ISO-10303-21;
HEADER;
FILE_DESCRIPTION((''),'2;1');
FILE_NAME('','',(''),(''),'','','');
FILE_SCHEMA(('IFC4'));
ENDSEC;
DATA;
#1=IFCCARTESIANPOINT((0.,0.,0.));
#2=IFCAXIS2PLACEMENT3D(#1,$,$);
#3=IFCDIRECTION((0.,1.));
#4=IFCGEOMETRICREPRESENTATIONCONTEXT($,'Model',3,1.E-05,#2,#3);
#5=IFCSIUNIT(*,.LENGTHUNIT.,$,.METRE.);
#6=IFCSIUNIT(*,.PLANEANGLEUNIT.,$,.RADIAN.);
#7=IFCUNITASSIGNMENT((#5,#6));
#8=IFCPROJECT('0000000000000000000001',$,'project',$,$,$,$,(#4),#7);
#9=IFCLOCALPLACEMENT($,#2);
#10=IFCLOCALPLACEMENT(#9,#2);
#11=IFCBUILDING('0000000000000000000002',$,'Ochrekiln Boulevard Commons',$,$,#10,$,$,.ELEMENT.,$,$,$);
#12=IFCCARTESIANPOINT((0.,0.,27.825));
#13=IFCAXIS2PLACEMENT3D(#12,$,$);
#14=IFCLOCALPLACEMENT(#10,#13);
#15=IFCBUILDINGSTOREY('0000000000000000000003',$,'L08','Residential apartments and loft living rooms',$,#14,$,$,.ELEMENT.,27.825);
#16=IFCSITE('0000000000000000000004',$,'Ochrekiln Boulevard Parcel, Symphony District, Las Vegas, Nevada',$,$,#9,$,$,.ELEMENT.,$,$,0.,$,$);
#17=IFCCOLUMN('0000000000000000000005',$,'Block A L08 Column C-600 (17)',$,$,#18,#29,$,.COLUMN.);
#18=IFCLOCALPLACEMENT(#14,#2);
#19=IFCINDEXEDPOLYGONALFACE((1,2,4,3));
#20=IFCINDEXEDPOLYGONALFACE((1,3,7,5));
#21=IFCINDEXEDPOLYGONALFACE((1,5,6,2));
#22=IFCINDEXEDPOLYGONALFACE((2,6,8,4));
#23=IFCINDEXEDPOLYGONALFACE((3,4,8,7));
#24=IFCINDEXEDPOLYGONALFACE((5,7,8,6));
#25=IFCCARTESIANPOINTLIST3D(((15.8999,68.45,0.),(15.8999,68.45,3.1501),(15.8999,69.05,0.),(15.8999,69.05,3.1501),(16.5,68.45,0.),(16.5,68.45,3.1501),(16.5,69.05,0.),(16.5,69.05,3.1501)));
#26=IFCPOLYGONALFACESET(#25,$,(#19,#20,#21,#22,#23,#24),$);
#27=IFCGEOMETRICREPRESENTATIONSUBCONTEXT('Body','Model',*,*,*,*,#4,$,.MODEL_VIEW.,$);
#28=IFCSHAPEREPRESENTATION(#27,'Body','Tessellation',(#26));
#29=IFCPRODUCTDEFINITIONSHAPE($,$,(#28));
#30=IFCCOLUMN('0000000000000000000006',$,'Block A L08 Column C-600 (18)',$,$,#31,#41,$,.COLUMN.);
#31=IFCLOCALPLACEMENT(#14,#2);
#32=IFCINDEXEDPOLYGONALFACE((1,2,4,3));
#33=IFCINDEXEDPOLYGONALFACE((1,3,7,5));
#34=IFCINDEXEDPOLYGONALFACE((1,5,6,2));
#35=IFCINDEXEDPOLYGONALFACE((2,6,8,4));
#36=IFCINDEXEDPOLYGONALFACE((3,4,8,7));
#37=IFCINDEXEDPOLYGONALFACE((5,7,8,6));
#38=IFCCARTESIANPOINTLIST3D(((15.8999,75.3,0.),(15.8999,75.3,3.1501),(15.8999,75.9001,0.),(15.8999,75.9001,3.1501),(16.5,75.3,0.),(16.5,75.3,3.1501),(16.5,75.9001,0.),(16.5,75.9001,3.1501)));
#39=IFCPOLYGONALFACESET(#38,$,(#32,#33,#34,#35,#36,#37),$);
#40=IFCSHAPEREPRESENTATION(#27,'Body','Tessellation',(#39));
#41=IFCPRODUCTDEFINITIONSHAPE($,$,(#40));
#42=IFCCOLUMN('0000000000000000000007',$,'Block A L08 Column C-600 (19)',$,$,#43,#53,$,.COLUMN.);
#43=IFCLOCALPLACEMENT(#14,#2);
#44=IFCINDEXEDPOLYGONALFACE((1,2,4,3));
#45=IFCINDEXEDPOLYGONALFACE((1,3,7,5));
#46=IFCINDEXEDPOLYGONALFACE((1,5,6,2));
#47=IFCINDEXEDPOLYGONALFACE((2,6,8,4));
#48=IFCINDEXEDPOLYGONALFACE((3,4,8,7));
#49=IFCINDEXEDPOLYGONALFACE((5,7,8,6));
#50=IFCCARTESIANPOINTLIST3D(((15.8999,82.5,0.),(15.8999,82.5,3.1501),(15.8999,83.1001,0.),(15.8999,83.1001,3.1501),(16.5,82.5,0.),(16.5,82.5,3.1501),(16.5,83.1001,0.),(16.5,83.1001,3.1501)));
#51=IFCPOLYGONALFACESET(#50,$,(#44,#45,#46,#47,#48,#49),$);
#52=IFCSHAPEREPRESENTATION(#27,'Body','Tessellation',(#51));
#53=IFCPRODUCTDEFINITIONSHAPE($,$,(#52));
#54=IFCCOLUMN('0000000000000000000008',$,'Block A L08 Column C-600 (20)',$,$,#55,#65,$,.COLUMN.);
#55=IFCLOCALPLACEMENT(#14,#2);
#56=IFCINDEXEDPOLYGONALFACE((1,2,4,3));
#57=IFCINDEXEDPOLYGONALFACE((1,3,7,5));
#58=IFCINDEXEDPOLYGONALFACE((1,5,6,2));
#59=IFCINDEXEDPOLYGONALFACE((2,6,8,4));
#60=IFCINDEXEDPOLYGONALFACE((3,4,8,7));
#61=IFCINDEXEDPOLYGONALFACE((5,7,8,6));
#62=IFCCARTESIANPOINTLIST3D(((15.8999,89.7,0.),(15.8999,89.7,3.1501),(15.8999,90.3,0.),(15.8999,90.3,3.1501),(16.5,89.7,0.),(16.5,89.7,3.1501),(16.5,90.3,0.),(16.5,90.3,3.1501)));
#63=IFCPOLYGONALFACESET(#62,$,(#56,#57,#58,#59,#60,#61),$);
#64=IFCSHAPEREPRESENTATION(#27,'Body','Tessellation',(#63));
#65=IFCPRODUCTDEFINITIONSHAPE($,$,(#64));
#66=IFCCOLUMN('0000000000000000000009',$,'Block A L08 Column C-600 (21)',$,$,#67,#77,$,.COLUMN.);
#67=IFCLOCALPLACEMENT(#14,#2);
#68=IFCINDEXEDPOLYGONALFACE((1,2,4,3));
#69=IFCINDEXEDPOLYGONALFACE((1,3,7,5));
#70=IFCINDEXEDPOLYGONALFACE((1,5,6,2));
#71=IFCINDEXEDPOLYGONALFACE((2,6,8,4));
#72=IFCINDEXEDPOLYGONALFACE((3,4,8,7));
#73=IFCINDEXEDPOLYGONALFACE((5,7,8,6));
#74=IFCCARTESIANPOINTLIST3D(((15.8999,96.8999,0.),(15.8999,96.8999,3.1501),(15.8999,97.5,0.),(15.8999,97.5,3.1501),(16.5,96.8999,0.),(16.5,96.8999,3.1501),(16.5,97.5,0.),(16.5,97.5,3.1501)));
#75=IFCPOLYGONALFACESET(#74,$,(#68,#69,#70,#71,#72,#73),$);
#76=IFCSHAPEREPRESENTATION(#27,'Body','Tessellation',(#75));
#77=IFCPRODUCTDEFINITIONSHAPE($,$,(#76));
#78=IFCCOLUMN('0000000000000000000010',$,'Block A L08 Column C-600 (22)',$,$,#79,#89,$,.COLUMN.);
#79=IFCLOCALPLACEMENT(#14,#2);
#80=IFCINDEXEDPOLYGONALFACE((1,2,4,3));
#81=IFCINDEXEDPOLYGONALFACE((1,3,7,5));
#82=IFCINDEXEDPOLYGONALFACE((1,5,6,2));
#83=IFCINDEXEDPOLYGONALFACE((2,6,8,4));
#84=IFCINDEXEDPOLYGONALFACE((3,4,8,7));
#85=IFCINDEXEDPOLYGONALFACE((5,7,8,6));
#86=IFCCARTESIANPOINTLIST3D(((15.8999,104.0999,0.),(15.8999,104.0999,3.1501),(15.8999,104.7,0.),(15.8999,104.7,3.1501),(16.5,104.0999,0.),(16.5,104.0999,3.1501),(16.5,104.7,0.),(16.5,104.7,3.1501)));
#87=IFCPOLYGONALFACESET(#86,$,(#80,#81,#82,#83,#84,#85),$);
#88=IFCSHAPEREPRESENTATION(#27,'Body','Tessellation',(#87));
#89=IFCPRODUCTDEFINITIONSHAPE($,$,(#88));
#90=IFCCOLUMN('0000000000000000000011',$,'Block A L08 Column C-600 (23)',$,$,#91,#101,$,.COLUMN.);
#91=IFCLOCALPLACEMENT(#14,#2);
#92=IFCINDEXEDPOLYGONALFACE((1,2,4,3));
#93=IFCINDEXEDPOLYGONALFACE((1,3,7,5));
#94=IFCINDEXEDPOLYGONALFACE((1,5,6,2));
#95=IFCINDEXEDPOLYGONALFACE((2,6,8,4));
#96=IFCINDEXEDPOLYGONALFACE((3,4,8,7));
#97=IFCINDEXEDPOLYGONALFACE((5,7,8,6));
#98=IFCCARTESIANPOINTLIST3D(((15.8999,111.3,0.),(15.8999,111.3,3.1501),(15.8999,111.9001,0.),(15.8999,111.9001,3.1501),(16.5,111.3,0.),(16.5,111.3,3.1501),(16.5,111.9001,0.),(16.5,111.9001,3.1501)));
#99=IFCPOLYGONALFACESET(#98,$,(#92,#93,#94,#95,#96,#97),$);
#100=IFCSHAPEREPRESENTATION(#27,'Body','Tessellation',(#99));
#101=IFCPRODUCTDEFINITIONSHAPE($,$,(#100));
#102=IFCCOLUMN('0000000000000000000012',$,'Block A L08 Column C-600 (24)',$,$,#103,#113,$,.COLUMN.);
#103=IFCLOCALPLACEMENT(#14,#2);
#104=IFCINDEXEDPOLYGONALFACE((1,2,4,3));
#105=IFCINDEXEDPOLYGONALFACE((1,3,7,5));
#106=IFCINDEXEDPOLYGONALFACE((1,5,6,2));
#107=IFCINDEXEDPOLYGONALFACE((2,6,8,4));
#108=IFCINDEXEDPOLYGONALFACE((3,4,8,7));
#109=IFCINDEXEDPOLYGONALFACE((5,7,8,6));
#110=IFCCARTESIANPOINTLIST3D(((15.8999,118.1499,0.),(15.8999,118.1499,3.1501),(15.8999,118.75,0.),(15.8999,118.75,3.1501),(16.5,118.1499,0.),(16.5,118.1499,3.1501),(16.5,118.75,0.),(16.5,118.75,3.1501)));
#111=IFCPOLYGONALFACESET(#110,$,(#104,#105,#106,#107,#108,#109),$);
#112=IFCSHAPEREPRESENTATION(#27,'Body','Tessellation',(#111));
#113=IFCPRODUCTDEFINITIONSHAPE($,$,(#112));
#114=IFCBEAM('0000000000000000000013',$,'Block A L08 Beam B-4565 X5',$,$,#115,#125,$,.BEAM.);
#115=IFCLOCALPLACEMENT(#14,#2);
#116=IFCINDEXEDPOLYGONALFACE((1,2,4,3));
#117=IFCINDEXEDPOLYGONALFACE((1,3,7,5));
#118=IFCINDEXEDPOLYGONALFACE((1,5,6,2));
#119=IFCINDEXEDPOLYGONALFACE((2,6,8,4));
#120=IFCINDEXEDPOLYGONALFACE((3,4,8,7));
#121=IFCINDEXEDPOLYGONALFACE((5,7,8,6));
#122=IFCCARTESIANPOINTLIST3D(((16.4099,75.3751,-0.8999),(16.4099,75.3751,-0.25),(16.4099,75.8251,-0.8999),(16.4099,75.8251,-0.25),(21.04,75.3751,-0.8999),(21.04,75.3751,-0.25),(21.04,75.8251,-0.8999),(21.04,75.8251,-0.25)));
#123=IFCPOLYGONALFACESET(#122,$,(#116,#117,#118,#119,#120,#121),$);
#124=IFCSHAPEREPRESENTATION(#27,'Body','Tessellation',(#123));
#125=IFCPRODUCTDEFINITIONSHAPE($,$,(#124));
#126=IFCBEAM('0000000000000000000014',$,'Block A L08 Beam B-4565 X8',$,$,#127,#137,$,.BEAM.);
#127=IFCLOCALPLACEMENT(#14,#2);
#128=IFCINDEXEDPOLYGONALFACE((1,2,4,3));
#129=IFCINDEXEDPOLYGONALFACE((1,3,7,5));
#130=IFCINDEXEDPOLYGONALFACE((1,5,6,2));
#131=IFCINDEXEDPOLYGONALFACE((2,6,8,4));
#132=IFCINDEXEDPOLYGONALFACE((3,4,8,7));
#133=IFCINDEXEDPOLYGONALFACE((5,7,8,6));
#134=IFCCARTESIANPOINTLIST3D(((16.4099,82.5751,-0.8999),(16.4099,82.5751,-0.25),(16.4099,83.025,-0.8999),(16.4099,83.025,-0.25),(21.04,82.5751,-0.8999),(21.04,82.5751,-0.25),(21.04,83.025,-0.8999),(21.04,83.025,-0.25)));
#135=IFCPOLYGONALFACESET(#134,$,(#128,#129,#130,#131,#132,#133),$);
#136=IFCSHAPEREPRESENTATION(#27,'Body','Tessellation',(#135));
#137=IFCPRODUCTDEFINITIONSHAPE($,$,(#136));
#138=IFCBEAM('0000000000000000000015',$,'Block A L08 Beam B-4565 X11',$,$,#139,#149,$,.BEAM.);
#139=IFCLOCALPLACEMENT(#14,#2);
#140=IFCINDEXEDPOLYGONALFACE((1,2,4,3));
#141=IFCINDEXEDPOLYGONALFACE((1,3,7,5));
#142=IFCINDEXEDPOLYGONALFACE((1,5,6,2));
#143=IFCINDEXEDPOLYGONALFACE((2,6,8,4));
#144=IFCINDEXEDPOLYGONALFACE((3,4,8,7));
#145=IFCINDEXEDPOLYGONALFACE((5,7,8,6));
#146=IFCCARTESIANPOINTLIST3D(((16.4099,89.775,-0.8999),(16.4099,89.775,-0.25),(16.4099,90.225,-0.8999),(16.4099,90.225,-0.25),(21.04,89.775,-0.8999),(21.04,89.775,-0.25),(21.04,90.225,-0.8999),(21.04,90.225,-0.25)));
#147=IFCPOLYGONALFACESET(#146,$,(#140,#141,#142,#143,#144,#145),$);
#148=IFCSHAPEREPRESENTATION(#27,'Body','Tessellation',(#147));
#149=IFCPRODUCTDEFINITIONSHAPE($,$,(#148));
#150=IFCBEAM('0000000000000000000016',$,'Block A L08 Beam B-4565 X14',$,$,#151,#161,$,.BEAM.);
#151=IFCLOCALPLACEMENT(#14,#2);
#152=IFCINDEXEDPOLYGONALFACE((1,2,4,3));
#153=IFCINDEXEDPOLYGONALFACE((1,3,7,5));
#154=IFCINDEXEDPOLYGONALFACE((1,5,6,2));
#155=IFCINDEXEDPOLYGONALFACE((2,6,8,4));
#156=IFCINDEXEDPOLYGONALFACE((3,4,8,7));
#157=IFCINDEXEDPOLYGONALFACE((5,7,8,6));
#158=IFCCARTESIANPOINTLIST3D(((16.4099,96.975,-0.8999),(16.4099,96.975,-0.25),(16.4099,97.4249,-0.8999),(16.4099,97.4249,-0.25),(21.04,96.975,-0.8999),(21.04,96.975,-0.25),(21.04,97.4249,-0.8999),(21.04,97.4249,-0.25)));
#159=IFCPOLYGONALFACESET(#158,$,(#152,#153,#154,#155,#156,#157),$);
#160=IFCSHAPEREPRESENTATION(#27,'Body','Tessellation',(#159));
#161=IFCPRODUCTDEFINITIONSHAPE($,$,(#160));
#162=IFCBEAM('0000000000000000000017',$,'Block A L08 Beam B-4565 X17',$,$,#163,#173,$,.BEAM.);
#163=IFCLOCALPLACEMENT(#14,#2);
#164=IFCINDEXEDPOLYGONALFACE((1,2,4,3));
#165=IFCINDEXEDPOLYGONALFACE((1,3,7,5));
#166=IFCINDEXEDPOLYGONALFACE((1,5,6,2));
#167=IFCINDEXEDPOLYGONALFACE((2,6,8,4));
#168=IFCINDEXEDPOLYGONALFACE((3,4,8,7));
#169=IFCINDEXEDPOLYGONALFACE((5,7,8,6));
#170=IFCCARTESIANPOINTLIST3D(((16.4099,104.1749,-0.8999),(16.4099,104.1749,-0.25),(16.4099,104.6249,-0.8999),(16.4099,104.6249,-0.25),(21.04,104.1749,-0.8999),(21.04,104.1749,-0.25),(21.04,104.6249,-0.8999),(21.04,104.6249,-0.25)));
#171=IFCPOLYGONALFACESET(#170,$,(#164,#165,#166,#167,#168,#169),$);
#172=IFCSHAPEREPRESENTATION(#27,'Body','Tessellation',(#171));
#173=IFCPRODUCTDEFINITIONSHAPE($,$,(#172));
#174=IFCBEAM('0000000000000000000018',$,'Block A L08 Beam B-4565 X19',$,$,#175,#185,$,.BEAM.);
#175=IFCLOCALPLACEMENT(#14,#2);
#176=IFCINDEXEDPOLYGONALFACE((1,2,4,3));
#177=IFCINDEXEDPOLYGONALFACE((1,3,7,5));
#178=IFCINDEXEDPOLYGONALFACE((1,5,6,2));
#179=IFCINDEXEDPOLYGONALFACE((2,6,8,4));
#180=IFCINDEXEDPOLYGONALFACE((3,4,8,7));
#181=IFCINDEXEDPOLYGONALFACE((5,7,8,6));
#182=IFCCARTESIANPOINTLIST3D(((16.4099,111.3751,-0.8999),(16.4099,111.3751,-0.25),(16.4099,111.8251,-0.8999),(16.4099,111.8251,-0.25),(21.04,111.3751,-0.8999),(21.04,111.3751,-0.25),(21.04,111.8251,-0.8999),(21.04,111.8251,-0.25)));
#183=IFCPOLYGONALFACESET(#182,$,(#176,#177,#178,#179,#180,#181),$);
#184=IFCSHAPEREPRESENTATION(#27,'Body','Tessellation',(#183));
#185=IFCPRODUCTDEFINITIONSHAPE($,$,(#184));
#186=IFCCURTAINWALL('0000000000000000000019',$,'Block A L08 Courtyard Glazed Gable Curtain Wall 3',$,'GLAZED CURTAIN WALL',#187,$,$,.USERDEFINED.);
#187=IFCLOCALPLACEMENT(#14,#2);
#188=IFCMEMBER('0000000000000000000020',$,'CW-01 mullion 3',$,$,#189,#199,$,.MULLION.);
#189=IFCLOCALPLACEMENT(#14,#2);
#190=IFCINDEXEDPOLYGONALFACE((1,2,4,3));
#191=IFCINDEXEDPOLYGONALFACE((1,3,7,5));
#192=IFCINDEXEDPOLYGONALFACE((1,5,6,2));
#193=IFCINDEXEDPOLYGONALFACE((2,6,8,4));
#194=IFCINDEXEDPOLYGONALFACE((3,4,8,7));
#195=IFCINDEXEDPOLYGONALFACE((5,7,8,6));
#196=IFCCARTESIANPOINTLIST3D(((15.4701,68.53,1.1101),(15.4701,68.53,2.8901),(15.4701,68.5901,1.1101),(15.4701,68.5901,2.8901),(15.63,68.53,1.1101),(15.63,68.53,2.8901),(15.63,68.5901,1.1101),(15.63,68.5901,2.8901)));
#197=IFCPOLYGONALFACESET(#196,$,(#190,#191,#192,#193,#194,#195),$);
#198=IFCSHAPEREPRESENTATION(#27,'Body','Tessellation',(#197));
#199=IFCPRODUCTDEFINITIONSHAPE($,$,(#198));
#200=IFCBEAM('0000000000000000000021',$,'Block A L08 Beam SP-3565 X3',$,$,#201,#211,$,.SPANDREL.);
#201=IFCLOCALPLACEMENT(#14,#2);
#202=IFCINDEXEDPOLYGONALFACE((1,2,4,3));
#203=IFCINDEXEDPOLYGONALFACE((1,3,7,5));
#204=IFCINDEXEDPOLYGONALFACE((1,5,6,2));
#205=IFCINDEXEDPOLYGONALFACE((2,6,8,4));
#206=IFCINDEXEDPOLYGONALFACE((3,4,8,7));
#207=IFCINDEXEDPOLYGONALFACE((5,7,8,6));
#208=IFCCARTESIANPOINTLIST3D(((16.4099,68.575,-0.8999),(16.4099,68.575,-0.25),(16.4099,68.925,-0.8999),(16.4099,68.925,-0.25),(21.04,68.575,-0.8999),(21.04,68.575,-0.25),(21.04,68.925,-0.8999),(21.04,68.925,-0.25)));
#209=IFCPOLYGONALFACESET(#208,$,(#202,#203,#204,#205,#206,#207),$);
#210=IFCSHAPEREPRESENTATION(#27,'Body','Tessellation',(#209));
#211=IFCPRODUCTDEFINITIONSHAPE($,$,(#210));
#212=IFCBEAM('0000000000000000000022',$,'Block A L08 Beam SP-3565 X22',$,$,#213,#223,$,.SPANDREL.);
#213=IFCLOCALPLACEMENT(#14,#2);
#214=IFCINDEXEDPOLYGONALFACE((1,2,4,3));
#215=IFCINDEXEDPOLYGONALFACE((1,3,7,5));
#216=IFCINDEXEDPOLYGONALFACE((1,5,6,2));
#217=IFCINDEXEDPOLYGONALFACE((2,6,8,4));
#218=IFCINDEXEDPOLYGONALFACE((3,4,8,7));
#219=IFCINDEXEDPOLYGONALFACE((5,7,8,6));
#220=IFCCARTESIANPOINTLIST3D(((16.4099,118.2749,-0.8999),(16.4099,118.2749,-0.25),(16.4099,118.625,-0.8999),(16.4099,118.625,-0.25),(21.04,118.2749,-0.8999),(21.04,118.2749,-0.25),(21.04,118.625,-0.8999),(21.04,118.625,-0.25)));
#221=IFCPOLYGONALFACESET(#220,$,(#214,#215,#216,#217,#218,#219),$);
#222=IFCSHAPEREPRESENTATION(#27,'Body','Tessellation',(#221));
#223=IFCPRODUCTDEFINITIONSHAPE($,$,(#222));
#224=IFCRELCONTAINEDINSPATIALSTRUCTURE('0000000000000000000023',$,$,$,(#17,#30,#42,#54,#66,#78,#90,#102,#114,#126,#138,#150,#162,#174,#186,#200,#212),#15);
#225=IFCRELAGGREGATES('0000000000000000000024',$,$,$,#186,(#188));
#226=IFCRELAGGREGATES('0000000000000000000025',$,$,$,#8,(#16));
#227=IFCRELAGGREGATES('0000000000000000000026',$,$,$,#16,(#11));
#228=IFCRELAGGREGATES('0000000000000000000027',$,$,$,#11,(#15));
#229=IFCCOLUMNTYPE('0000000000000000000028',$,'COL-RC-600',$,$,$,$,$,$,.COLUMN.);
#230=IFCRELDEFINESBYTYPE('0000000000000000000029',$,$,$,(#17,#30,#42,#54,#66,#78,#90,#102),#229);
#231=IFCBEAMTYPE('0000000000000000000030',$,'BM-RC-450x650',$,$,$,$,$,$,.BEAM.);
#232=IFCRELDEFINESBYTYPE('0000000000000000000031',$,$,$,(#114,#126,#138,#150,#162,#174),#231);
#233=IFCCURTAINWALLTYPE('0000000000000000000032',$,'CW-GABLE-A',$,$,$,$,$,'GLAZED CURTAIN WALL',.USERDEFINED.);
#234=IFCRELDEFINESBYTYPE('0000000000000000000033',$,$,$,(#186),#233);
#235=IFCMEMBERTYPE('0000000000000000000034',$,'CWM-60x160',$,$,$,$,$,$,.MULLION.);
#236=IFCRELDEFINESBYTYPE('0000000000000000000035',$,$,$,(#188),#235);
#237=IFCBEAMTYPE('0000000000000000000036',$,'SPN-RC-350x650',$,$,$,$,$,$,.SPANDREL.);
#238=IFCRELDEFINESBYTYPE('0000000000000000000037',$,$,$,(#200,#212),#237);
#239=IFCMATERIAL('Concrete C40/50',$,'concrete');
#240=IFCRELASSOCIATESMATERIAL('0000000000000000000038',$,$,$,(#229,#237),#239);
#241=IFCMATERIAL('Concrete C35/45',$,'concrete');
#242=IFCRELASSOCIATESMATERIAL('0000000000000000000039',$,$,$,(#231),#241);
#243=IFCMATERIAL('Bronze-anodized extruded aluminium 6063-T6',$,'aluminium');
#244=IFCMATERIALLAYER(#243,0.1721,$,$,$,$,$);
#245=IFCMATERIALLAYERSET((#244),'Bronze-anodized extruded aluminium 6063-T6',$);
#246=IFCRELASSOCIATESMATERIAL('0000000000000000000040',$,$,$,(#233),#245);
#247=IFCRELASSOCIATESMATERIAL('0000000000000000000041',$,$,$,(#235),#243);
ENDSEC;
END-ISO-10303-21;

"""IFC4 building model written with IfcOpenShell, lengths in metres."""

from ifc_helpers import new_model, si_unit, direction, frame, origin, origin_2d, place, context, subcontext, project, spatial, rectangle, extrude, material, layer, layer_set, material_profile, profile_set, type_object, element, aggregate, save


model = new_model("IFC4")

# Units and contexts
model_context = context("Model", 3, precision=1e-05, world=origin(), true_north=direction((0.0, 1.0)))
body_context = subcontext(model_context, "Body", "Model", "MODEL_VIEW")
ifc_project = project(units=[si_unit("LENGTHUNIT", "METRE"), si_unit("PLANEANGLEUNIT", "RADIAN")], contexts=[model_context])

# Site, building, storey
site_placement = place(None, origin())
site = spatial("IfcSite", under=ifc_project, at=site_placement, Name="Ochrekiln Boulevard Parcel, Symphony District, Las Vegas, Nevada", CompositionType="ELEMENT", RefElevation=0.0)
building_placement = place(site_placement, origin())
building = spatial("IfcBuilding", under=site, at=building_placement, Name="Ochrekiln Boulevard Commons", CompositionType="ELEMENT")
storey_placement = place(building_placement, frame((0.0, 0.0, 27.825)))
storey = spatial("IfcBuildingStorey", under=building, at=storey_placement, Name="L08", Description="Residential apartments and loft living rooms", CompositionType="ELEMENT", Elevation=27.825)

# Columns
ifc_material_1 = material(Name="Concrete C40/50", Category="concrete")
ifc_material_profile_1 = material_profile(ifc_material_1, rectangle(XDim=0.6001, YDim=0.6001, at=origin_2d()), Name="RC-COL-600x600")
ifc_profile_set_1 = profile_set([ifc_material_profile_1], Name="Concrete C40/50")
column_type = type_object("IfcColumnType", Name="COL-RC-600", PredefinedType="COLUMN", material=ifc_profile_set_1)
for number, where, z_axis, x_axis, name in (
    (1, (16.2, 68.75, 0.0), (0.0, 0.0, 1.0), (1.0, 0.0, 0.0), "Block A L08 Column C-600 (17)"),
    (2, (16.2, 75.6001, 0.0), (0.0, 0.0, 1.0), (1.0, 0.0, 0.0), "Block A L08 Column C-600 (18)"),
    (3, (16.2, 82.8, 0.0), (0.0, 0.0, 1.0), (1.0, 0.0, 0.0), "Block A L08 Column C-600 (19)"),
    (4, (16.2, 90.0, 0.0), (0.0, 0.0, 1.0), (1.0, 0.0, 0.0), "Block A L08 Column C-600 (20)"),
    (5, (16.2, 97.2, 0.0), (0.0, 0.0, 1.0), (1.0, 0.0, 0.0), "Block A L08 Column C-600 (21)"),
    (6, (16.2, 104.3999, 0.0), (0.0, 0.0, 1.0), (1.0, 0.0, 0.0), "Block A L08 Column C-600 (22)"),
    (7, (16.2, 111.6001, 0.0), (0.0, 0.0, 1.0), (1.0, 0.0, 0.0), "Block A L08 Column C-600 (23)"),
    (8, (16.2, 118.45, 0.0), (0.0, 0.0, 1.0), (1.0, 0.0, 0.0), "Block A L08 Column C-600 (24)"),
):
    element("IfcColumn", number, at=place(storey_placement, frame(where, z_axis=z_axis, x_axis=x_axis)), inside=storey, type_object=column_type, Name=name, PredefinedType="COLUMN", context=body_context, shape_type="SweptSolid", body=[
        extrude(rectangle(XDim=0.6001, YDim=0.6001, at=origin_2d()), origin(), (0.0, 0.0, 1.0), 3.1501),
    ])

# Beams
ifc_material_2 = material(Name="Concrete C35/45", Category="concrete")
ifc_material_profile_2 = material_profile(ifc_material_2, rectangle(XDim=0.45, YDim=0.6499, at=origin_2d()), Name="RC-BM-450x650")
ifc_profile_set_2 = profile_set([ifc_material_profile_2], Name="Concrete C35/45")
beam_type_1 = type_object("IfcBeamType", Name="BM-RC-450x650", PredefinedType="BEAM", material=ifc_profile_set_2)
for number, where, z_axis, x_axis, name in (
    (9, (16.4099, 75.6001, -0.575), (1.0, 0.0, 0.0), (0.0, 1.0, 0.0), "Block A L08 Beam B-4565 X5"),
    (10, (16.4099, 82.8, -0.575), (1.0, 0.0, 0.0), (0.0, 1.0, 0.0), "Block A L08 Beam B-4565 X8"),
    (11, (16.4099, 90.0, -0.575), (1.0, 0.0, 0.0), (0.0, 1.0, 0.0), "Block A L08 Beam B-4565 X11"),
    (12, (16.4099, 97.2, -0.575), (1.0, 0.0, 0.0), (0.0, 1.0, 0.0), "Block A L08 Beam B-4565 X14"),
    (13, (16.4099, 104.3999, -0.575), (1.0, 0.0, 0.0), (0.0, 1.0, 0.0), "Block A L08 Beam B-4565 X17"),
    (14, (16.4099, 111.6001, -0.575), (1.0, 0.0, 0.0), (0.0, 1.0, 0.0), "Block A L08 Beam B-4565 X19"),
):
    element("IfcBeam", number, at=place(storey_placement, frame(where, z_axis=z_axis, x_axis=x_axis)), inside=storey, type_object=beam_type_1, Name=name, PredefinedType="BEAM", context=body_context, shape_type="SweptSolid", body=[
        extrude(rectangle(XDim=0.45, YDim=0.6499, at=origin_2d()), origin(), (0.0, 0.0, 1.0), 4.6301),
    ])

# Curtain wall, member
ifc_material_3 = material(Name="Bronze-anodized extruded aluminium 6063-T6", Category="aluminium")
ifc_layer_1 = layer(ifc_material_3, 0.1721)
ifc_layer_set_1 = layer_set([ifc_layer_1], Name="Bronze-anodized extruded aluminium 6063-T6")
curtain_wall_type = type_object("IfcCurtainWallType", Name="CW-GABLE-A", ElementType="GLAZED CURTAIN WALL", PredefinedType="USERDEFINED", material=ifc_layer_set_1)
curtain_wall_placement = place(storey_placement, origin())
curtain_wall = element("IfcCurtainWall", 15, at=curtain_wall_placement, inside=storey, type_object=curtain_wall_type, Name="Block A L08 Courtyard Glazed Gable Curtain Wall 3", ObjectType="GLAZED CURTAIN WALL", PredefinedType="USERDEFINED")
ifc_material_profile_3 = material_profile(ifc_material_3, rectangle(XDim=0.0601, YDim=0.1599, at=origin_2d()), Name="ALU-MUL-60x160")
ifc_profile_set_3 = profile_set([ifc_material_profile_3], Name="Bronze-anodized extruded aluminium 6063-T6")
member_type = type_object("IfcMemberType", Name="CWM-60x160", PredefinedType="MULLION", material=ifc_profile_set_3)
member_placement = place(storey_placement, frame((15.55, 68.5601, 1.1101), z_axis=(0.0, 0.0, 1.0), x_axis=(0.0, 1.0, 0.0)))
member = element("IfcMember", 16, at=member_placement, type_object=member_type, Name="CW-01 mullion 3", PredefinedType="MULLION", context=body_context, shape_type="SweptSolid", body=[
    extrude(rectangle(XDim=0.0601, YDim=0.1599, at=origin_2d()), origin(), (0.0, 0.0, 1.0), 1.78),
])
aggregate(curtain_wall, [member])

# Beams
ifc_material_profile_4 = material_profile(ifc_material_1, rectangle(XDim=0.3501, YDim=0.6499, at=origin_2d()), Name="RC-SPN-350x650")
ifc_profile_set_4 = profile_set([ifc_material_profile_4], Name="Concrete C40/50")
beam_type_2 = type_object("IfcBeamType", Name="SPN-RC-350x650", PredefinedType="SPANDREL", material=ifc_profile_set_4)
for number, where, z_axis, x_axis, name in (
    (17, (16.4099, 68.75, -0.575), (1.0, 0.0, 0.0), (0.0, 1.0, 0.0), "Block A L08 Beam SP-3565 X3"),
    (18, (16.4099, 118.45, -0.575), (1.0, 0.0, 0.0), (0.0, 1.0, 0.0), "Block A L08 Beam SP-3565 X22"),
):
    element("IfcBeam", number, at=place(storey_placement, frame(where, z_axis=z_axis, x_axis=x_axis)), inside=storey, type_object=beam_type_2, Name=name, PredefinedType="SPANDREL", context=body_context, shape_type="SweptSolid", body=[
        extrude(rectangle(XDim=0.3501, YDim=0.6499, at=origin_2d()), origin(), (0.0, 0.0, 1.0), 4.6301),
    ])

save(model, "model.ifc")
